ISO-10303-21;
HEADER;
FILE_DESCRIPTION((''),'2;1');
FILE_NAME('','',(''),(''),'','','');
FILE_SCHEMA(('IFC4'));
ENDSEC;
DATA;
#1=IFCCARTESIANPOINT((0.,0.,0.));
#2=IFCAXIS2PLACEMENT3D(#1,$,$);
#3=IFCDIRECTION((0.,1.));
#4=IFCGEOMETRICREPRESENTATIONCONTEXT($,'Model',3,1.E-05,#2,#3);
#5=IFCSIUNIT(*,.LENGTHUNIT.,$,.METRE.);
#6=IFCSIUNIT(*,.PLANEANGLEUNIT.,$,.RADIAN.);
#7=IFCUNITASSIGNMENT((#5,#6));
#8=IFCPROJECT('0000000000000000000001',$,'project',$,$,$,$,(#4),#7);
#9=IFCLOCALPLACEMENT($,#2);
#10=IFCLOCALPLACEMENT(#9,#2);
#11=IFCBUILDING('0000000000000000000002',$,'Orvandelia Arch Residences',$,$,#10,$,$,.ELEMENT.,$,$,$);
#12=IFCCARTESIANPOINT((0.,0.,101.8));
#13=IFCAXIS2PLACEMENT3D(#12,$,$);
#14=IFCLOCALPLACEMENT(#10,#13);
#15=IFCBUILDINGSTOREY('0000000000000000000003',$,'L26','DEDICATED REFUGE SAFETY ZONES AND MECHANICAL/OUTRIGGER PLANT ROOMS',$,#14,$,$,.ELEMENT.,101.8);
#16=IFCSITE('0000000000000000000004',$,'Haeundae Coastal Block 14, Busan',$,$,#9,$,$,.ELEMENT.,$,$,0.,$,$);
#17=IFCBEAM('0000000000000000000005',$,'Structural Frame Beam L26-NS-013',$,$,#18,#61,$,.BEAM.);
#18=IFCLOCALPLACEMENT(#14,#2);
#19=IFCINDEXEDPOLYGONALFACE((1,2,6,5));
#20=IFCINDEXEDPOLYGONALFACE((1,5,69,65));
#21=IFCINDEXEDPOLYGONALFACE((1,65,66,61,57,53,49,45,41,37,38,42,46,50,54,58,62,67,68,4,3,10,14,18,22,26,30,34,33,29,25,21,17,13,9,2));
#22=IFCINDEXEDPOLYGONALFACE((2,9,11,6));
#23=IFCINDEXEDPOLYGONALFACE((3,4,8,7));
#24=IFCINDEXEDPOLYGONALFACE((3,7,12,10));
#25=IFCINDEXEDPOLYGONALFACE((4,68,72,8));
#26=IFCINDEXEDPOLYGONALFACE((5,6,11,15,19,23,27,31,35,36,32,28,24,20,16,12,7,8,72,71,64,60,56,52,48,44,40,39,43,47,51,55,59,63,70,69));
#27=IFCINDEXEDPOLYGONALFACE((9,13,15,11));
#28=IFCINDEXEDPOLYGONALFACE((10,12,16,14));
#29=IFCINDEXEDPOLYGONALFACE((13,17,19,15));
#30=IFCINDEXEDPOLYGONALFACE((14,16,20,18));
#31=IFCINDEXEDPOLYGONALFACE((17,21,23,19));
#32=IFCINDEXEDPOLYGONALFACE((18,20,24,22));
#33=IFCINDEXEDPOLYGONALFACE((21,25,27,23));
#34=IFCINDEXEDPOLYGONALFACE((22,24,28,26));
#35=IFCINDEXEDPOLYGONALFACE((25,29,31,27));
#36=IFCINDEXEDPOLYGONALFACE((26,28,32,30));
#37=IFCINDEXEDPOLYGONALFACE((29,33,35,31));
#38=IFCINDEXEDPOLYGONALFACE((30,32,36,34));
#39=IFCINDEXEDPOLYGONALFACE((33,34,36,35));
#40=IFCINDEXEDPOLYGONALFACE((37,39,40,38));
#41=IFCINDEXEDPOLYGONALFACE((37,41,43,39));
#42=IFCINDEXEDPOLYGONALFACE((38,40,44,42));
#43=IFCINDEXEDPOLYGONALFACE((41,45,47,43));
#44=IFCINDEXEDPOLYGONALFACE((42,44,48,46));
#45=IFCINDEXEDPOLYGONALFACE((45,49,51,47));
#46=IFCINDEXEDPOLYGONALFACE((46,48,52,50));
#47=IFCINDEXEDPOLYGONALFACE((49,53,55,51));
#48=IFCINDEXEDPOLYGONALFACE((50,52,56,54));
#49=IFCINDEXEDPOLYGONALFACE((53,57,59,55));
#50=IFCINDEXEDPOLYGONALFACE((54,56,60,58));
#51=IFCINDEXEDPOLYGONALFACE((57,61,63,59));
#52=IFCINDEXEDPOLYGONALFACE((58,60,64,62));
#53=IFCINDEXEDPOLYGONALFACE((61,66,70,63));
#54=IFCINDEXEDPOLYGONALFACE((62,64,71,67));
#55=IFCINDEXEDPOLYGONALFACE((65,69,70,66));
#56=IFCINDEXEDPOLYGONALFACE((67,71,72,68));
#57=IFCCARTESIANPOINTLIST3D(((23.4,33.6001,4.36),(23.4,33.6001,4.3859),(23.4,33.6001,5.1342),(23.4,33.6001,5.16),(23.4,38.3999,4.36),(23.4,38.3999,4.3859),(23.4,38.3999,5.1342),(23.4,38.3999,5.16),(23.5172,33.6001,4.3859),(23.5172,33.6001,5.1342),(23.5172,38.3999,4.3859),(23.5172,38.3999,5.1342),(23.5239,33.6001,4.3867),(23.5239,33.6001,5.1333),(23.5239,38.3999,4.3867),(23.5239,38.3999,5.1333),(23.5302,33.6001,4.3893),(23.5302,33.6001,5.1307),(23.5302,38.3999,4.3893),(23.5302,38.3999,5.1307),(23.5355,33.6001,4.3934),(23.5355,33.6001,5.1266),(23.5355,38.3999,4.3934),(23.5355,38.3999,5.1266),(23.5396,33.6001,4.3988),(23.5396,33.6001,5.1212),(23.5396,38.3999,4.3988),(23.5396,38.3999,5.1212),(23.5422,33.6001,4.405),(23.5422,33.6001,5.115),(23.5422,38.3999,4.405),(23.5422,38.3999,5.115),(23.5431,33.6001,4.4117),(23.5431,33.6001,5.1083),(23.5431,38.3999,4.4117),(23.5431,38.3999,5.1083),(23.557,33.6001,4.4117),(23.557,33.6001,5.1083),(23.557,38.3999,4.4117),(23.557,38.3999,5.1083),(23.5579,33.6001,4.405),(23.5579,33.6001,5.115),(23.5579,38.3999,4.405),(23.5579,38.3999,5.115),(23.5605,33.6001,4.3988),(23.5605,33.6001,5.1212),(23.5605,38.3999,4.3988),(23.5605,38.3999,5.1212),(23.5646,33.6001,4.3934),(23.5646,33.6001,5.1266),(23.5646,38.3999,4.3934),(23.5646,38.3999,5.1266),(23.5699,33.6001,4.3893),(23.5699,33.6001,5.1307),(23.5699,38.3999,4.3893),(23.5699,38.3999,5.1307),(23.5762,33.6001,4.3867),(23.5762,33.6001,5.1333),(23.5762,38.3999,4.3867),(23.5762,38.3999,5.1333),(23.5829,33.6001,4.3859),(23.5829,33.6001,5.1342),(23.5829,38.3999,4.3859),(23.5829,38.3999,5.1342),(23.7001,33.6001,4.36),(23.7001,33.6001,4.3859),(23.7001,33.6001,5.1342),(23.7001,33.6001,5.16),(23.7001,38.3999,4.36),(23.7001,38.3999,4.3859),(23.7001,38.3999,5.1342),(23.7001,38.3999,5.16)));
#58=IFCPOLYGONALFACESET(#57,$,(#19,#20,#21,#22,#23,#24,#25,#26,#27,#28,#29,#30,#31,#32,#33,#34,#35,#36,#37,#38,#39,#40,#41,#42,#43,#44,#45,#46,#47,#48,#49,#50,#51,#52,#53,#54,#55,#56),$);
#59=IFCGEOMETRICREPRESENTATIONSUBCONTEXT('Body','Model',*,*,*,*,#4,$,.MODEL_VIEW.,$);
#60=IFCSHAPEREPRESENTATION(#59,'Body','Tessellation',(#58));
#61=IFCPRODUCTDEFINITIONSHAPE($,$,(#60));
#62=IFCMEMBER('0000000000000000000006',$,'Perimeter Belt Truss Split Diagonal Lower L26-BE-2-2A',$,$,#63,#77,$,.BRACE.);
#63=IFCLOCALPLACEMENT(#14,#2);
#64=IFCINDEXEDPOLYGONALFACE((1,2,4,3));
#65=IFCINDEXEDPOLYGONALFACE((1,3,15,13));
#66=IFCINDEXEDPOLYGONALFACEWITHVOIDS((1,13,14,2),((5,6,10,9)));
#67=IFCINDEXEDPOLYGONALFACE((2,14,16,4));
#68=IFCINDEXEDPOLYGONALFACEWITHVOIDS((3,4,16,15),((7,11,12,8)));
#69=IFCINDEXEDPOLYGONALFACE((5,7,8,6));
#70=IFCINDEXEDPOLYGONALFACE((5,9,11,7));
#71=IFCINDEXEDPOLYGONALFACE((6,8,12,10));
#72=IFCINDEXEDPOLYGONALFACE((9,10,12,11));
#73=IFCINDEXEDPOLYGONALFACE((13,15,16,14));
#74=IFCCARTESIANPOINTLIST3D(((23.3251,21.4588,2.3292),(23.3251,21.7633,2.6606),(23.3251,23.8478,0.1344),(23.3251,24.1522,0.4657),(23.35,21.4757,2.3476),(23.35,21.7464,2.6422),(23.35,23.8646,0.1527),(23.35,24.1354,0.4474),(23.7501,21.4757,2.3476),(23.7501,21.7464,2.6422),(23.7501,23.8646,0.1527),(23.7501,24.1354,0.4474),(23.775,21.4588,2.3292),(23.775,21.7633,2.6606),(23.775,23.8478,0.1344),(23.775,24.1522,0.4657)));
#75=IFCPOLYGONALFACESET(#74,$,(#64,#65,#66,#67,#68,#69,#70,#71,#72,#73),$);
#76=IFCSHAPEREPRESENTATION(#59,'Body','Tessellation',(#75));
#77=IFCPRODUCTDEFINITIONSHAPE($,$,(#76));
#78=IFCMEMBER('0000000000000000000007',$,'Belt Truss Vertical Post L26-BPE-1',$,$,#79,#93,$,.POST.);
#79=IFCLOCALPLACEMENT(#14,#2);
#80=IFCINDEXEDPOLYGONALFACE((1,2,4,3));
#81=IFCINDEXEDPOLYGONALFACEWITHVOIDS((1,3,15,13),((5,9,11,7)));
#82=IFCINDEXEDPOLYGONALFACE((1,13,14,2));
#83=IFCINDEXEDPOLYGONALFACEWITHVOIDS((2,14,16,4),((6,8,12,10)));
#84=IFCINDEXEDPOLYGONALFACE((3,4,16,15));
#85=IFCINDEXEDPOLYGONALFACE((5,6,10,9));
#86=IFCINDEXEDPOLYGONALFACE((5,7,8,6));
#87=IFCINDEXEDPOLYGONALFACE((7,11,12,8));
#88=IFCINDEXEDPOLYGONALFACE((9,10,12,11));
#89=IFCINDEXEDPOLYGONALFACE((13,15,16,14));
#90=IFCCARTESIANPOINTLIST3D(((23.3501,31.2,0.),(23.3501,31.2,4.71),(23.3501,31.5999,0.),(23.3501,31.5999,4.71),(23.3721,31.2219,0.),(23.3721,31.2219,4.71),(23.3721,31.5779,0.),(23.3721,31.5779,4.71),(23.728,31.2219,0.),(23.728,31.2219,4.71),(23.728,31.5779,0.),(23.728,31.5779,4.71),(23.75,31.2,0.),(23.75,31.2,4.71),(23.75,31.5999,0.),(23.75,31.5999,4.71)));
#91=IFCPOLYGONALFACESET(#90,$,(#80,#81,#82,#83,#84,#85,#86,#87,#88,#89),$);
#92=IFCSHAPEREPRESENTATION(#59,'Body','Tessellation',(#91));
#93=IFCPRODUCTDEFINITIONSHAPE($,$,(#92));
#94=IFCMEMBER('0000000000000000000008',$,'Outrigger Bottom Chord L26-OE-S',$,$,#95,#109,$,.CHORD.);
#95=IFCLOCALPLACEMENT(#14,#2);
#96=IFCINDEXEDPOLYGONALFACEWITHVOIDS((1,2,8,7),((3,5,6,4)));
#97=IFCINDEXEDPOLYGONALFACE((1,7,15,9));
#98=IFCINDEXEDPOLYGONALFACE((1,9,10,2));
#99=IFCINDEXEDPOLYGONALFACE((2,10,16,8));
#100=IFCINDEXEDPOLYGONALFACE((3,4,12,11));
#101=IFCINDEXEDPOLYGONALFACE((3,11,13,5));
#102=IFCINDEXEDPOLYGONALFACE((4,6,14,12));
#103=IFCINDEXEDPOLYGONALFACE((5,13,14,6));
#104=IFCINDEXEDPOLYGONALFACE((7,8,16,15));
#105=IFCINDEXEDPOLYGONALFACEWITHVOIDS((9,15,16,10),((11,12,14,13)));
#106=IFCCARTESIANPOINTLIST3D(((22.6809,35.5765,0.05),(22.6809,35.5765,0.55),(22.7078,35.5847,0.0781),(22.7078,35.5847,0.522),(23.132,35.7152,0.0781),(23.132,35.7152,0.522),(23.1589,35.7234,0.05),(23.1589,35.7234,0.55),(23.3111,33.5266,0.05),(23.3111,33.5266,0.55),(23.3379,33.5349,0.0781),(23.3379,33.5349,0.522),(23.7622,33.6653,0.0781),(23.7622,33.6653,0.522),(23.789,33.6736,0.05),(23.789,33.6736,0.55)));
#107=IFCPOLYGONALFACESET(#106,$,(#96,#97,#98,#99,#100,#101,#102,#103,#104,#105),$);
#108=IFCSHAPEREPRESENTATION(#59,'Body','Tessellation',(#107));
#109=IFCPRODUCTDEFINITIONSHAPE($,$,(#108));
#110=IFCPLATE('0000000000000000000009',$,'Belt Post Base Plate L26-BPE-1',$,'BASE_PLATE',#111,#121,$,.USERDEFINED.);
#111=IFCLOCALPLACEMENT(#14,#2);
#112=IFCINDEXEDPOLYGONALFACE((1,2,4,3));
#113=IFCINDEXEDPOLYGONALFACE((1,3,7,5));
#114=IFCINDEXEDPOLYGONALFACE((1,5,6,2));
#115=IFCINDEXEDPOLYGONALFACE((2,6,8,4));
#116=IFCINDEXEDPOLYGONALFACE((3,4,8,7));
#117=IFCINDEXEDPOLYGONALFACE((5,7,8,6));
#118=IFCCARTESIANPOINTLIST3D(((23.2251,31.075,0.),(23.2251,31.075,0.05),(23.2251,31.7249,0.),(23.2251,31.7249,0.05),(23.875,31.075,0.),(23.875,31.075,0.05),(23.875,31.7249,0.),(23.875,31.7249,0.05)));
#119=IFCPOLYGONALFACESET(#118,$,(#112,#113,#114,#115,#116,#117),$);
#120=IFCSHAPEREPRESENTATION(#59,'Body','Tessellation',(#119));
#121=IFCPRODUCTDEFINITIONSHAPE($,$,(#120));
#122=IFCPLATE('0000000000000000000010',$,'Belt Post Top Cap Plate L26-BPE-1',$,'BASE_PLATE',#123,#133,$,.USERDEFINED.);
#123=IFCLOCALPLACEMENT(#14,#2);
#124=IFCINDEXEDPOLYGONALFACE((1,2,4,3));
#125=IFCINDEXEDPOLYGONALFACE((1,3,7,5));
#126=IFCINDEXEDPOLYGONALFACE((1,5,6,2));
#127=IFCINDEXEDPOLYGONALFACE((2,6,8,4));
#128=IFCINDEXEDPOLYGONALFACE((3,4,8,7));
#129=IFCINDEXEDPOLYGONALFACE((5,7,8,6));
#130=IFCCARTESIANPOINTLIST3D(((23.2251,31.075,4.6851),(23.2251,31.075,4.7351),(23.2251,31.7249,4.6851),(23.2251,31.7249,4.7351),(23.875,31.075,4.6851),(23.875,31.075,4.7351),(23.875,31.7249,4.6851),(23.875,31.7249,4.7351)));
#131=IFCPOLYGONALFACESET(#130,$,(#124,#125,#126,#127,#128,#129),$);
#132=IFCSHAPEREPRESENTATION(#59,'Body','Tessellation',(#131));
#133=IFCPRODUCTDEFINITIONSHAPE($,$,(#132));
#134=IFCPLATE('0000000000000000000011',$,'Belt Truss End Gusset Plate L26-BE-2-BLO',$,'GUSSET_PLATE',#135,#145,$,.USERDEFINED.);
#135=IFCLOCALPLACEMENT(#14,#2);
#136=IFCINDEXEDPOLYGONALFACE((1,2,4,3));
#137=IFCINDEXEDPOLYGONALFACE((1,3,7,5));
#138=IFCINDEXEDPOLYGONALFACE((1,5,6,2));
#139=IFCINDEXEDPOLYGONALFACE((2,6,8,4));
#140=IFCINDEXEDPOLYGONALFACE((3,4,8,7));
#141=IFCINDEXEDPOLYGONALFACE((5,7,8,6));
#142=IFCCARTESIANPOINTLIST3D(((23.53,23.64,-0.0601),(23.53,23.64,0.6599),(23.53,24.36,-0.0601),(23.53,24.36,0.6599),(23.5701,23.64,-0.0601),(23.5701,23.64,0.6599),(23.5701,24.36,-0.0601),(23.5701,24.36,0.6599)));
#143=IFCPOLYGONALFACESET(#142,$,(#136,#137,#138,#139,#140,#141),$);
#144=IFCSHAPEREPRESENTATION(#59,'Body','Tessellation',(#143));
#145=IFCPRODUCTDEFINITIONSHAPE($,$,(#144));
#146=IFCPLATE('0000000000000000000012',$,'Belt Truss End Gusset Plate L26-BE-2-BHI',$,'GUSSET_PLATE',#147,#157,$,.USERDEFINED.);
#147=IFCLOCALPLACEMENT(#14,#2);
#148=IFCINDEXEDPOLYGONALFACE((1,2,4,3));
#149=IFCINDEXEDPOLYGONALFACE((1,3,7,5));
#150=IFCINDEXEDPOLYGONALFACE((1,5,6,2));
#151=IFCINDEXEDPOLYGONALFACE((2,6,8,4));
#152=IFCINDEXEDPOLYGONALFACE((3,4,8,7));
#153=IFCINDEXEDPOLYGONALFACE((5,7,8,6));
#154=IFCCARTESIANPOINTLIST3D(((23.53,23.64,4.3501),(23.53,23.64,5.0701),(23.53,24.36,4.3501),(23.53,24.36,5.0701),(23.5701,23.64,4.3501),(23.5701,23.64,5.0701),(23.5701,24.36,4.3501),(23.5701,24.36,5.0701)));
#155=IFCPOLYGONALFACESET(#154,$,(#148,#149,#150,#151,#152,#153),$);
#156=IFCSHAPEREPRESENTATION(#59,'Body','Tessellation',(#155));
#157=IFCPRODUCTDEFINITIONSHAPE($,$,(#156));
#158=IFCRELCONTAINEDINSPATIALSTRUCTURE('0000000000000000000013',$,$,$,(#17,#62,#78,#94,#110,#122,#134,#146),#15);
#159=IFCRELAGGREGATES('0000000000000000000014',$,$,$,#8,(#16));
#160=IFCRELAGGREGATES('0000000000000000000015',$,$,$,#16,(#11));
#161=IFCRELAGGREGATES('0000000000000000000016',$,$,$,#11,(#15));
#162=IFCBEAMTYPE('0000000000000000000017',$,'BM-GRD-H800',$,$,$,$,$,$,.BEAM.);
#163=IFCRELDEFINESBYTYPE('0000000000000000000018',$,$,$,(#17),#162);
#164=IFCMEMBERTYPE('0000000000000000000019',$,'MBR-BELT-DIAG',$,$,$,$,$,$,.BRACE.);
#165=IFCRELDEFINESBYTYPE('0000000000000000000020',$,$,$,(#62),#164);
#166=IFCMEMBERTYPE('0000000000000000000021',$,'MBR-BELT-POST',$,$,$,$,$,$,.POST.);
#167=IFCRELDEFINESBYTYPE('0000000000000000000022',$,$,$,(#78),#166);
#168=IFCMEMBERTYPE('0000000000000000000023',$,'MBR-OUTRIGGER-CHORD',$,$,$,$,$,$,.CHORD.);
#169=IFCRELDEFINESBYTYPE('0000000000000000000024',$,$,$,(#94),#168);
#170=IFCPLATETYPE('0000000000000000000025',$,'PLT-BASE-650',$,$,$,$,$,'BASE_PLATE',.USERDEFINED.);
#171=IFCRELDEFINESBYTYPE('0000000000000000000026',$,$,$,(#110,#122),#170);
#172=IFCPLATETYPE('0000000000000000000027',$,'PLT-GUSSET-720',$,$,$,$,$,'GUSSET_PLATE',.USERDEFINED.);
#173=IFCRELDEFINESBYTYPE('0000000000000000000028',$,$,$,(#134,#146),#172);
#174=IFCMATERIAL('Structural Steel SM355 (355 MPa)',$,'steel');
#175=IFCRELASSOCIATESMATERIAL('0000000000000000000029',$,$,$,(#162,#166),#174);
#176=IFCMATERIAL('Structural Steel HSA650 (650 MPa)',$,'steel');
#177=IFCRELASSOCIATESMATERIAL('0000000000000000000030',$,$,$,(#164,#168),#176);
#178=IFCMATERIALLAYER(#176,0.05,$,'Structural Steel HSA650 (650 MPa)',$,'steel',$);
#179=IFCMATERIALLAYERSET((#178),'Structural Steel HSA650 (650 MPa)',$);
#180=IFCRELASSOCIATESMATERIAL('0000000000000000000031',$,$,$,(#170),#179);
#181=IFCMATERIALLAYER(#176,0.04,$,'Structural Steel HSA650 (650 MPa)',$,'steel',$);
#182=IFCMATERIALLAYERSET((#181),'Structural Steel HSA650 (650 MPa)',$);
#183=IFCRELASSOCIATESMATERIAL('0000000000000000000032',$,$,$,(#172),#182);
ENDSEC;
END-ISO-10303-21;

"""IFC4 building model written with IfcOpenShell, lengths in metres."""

from ifc_helpers import new_model, si_unit, direction, frame, origin, origin_2d, place, context, subcontext, project, spatial, rectangle, hollow_rectangle, i_section, extrude, material, layer, layer_set, material_profile, profile_set, type_object, element, save


model = new_model("IFC4")

# Units and contexts
model_context = context("Model", 3, precision=1e-05, world=origin(), true_north=direction((0.0, 1.0)))
body_context = subcontext(model_context, "Body", "Model", "MODEL_VIEW")
ifc_project = project(units=[si_unit("LENGTHUNIT", "METRE"), si_unit("PLANEANGLEUNIT", "RADIAN")], contexts=[model_context])

# Site, building, storey
site_placement = place(None, origin())
site = spatial("IfcSite", under=ifc_project, at=site_placement, Name="Haeundae Coastal Block 14, Busan", CompositionType="ELEMENT", RefElevation=0.0)
building_placement = place(site_placement, origin())
building = spatial("IfcBuilding", under=site, at=building_placement, Name="Orvandelia Arch Residences", CompositionType="ELEMENT")
storey_placement = place(building_placement, frame((0.0, 0.0, 101.8)))
storey = spatial("IfcBuildingStorey", under=building, at=storey_placement, Name="L26", Description="DEDICATED REFUGE SAFETY ZONES AND MECHANICAL/OUTRIGGER PLANT ROOMS", CompositionType="ELEMENT", Elevation=101.8)

# Beam
ifc_material_1 = material(Name="Structural Steel SM355 (355 MPa)", Category="steel")
ifc_material_profile_1 = material_profile(ifc_material_1, i_section(OverallWidth=0.3, OverallDepth=0.8, WebThickness=0.0139, FlangeThickness=0.0259, FilletRadius=0.0259, at=origin_2d()), Name="Structural Steel SM355 (355 MPa)", Category="steel")
ifc_profile_set_1 = profile_set([ifc_material_profile_1], Name="Structural Steel SM355 (355 MPa)")
beam_type = type_object("IfcBeamType", Name="BM-GRD-H800", PredefinedType="BEAM", material=ifc_profile_set_1)
beam_1_placement = place(storey_placement, frame((23.55, 33.6001, 4.76), z_axis=(0.0, 1.0, 0.0), x_axis=(-1.0, 0.0, 0.0)))
element("IfcBeam", 1, at=beam_1_placement, inside=storey, type_object=beam_type, Name="Structural Frame Beam L26-NS-013", PredefinedType="BEAM", context=body_context, shape_type="SweptSolid", body=[
    extrude(i_section(OverallWidth=0.3, OverallDepth=0.8, WebThickness=0.0139, FlangeThickness=0.0259, FilletRadius=0.0259, at=origin_2d()), origin(), (0.0, 0.0, 1.0), 4.7998),
])

# Members
ifc_material_2 = material(Name="Structural Steel HSA650 (650 MPa)", Category="steel")
ifc_material_profile_2 = material_profile(ifc_material_2, hollow_rectangle(XDim=0.45, YDim=0.45, WallThickness=0.0249, at=origin_2d()), Name="Structural Steel HSA650 (650 MPa)", Category="steel")
ifc_profile_set_2 = profile_set([ifc_material_profile_2], Name="Structural Steel HSA650 (650 MPa)")
member_type_1 = type_object("IfcMemberType", Name="MBR-BELT-DIAG", PredefinedType="BRACE", material=ifc_profile_set_2)
member_1_placement = place(storey_placement, frame((23.55, 24.0, 0.3), z_axis=(0.0, -0.736388, 0.676559), x_axis=(1.0, 0.0, 0.0)))
element("IfcMember", 2, at=member_1_placement, inside=storey, type_object=member_type_1, Name="Perimeter Belt Truss Split Diagonal Lower L26-BE-2-2A", PredefinedType="BRACE", context=body_context, shape_type="SweptSolid", body=[
    extrude(hollow_rectangle(XDim=0.45, YDim=0.45, WallThickness=0.0249, at=origin_2d()), origin(), (0.0, 0.0, 1.0), 3.2441),
])
ifc_material_profile_3 = material_profile(ifc_material_1, hollow_rectangle(XDim=0.3999, YDim=0.3999, WallThickness=0.022, at=origin_2d()), Name="Structural Steel SM355 (355 MPa)", Category="steel")
ifc_profile_set_3 = profile_set([ifc_material_profile_3], Name="Structural Steel SM355 (355 MPa)")
member_type_2 = type_object("IfcMemberType", Name="MBR-BELT-POST", PredefinedType="POST", material=ifc_profile_set_3)
member_2_placement = place(storey_placement, frame((23.55, 31.3999, 0.0), z_axis=(0.0, 0.0, 1.0), x_axis=(1.0, 0.0, 0.0)))
element("IfcMember", 3, at=member_2_placement, inside=storey, type_object=member_type_2, Name="Belt Truss Vertical Post L26-BPE-1", PredefinedType="POST", context=body_context, shape_type="SweptSolid", body=[
    extrude(hollow_rectangle(XDim=0.3999, YDim=0.3999, WallThickness=0.022, at=origin_2d()), origin(), (0.0, 0.0, 1.0), 4.71),
])
ifc_material_profile_4 = material_profile(ifc_material_2, hollow_rectangle(XDim=0.5, YDim=0.5, WallThickness=0.0281, at=origin_2d()), Name="Structural Steel HSA650 (650 MPa)", Category="steel")
ifc_profile_set_4 = profile_set([ifc_material_profile_4], Name="Structural Steel HSA650 (650 MPa)")
member_type_3 = type_object("IfcMemberType", Name="MBR-OUTRIGGER-CHORD", PredefinedType="CHORD", material=ifc_profile_set_4)
member_3_placement = place(storey_placement, frame((23.55, 33.6001, 0.3), z_axis=(-0.293838, 0.955855, 0.0), x_axis=(-0.955855, -0.293838, 0.0)))
element("IfcMember", 4, at=member_3_placement, inside=storey, type_object=member_type_3, Name="Outrigger Bottom Chord L26-OE-S", PredefinedType="CHORD", context=body_context, shape_type="SweptSolid", body=[
    extrude(hollow_rectangle(XDim=0.5, YDim=0.5, WallThickness=0.0281, at=origin_2d()), origin(), (0.0, 0.0, 1.0), 2.1445),
])

# Plates
ifc_layer_1 = layer(ifc_material_2, 0.05, Name="Structural Steel HSA650 (650 MPa)", Category="steel")
ifc_layer_set_1 = layer_set([ifc_layer_1], Name="Structural Steel HSA650 (650 MPa)")
plate_type_1 = type_object("IfcPlateType", Name="PLT-BASE-650", ElementType="BASE_PLATE", PredefinedType="USERDEFINED", material=ifc_layer_set_1)
for number, where, z_axis, x_axis, name in (
    (5, (23.55, 31.3999, 0.0), (0.0, 0.0, 1.0), (1.0, 0.0, 0.0), "Belt Post Base Plate L26-BPE-1"),
    (6, (23.55, 31.3999, 4.6851), (0.0, 0.0, 1.0), (1.0, 0.0, 0.0), "Belt Post Top Cap Plate L26-BPE-1"),
):
    element("IfcPlate", number, at=place(storey_placement, frame(where, z_axis=z_axis, x_axis=x_axis)), inside=storey, type_object=plate_type_1, Name=name, ObjectType="BASE_PLATE", PredefinedType="USERDEFINED", context=body_context, shape_type="SweptSolid", body=[
        extrude(rectangle(XDim=0.6499, YDim=0.6499, at=origin_2d()), origin(), (0.0, 0.0, 1.0), 0.05),
    ])
ifc_layer_2 = layer(ifc_material_2, 0.04, Name="Structural Steel HSA650 (650 MPa)", Category="steel")
ifc_layer_set_2 = layer_set([ifc_layer_2], Name="Structural Steel HSA650 (650 MPa)")
plate_type_2 = type_object("IfcPlateType", Name="PLT-GUSSET-720", ElementType="GUSSET_PLATE", PredefinedType="USERDEFINED", material=ifc_layer_set_2)
for number, where, z_axis, x_axis, name in (
    (7, (23.55, 24.0, -0.0601), (0.0, 0.0, 1.0), (0.0, 1.0, 0.0), "Belt Truss End Gusset Plate L26-BE-2-BLO"),
    (8, (23.55, 24.0, 4.3501), (0.0, 0.0, 1.0), (0.0, 1.0, 0.0), "Belt Truss End Gusset Plate L26-BE-2-BHI"),
):
    element("IfcPlate", number, at=place(storey_placement, frame(where, z_axis=z_axis, x_axis=x_axis)), inside=storey, type_object=plate_type_2, Name=name, ObjectType="GUSSET_PLATE", PredefinedType="USERDEFINED", context=body_context, shape_type="SweptSolid", body=[
        extrude(rectangle(XDim=0.72, YDim=0.04, at=origin_2d()), origin(), (0.0, 0.0, 1.0), 0.72),
    ])

save(model, "model.ifc")
